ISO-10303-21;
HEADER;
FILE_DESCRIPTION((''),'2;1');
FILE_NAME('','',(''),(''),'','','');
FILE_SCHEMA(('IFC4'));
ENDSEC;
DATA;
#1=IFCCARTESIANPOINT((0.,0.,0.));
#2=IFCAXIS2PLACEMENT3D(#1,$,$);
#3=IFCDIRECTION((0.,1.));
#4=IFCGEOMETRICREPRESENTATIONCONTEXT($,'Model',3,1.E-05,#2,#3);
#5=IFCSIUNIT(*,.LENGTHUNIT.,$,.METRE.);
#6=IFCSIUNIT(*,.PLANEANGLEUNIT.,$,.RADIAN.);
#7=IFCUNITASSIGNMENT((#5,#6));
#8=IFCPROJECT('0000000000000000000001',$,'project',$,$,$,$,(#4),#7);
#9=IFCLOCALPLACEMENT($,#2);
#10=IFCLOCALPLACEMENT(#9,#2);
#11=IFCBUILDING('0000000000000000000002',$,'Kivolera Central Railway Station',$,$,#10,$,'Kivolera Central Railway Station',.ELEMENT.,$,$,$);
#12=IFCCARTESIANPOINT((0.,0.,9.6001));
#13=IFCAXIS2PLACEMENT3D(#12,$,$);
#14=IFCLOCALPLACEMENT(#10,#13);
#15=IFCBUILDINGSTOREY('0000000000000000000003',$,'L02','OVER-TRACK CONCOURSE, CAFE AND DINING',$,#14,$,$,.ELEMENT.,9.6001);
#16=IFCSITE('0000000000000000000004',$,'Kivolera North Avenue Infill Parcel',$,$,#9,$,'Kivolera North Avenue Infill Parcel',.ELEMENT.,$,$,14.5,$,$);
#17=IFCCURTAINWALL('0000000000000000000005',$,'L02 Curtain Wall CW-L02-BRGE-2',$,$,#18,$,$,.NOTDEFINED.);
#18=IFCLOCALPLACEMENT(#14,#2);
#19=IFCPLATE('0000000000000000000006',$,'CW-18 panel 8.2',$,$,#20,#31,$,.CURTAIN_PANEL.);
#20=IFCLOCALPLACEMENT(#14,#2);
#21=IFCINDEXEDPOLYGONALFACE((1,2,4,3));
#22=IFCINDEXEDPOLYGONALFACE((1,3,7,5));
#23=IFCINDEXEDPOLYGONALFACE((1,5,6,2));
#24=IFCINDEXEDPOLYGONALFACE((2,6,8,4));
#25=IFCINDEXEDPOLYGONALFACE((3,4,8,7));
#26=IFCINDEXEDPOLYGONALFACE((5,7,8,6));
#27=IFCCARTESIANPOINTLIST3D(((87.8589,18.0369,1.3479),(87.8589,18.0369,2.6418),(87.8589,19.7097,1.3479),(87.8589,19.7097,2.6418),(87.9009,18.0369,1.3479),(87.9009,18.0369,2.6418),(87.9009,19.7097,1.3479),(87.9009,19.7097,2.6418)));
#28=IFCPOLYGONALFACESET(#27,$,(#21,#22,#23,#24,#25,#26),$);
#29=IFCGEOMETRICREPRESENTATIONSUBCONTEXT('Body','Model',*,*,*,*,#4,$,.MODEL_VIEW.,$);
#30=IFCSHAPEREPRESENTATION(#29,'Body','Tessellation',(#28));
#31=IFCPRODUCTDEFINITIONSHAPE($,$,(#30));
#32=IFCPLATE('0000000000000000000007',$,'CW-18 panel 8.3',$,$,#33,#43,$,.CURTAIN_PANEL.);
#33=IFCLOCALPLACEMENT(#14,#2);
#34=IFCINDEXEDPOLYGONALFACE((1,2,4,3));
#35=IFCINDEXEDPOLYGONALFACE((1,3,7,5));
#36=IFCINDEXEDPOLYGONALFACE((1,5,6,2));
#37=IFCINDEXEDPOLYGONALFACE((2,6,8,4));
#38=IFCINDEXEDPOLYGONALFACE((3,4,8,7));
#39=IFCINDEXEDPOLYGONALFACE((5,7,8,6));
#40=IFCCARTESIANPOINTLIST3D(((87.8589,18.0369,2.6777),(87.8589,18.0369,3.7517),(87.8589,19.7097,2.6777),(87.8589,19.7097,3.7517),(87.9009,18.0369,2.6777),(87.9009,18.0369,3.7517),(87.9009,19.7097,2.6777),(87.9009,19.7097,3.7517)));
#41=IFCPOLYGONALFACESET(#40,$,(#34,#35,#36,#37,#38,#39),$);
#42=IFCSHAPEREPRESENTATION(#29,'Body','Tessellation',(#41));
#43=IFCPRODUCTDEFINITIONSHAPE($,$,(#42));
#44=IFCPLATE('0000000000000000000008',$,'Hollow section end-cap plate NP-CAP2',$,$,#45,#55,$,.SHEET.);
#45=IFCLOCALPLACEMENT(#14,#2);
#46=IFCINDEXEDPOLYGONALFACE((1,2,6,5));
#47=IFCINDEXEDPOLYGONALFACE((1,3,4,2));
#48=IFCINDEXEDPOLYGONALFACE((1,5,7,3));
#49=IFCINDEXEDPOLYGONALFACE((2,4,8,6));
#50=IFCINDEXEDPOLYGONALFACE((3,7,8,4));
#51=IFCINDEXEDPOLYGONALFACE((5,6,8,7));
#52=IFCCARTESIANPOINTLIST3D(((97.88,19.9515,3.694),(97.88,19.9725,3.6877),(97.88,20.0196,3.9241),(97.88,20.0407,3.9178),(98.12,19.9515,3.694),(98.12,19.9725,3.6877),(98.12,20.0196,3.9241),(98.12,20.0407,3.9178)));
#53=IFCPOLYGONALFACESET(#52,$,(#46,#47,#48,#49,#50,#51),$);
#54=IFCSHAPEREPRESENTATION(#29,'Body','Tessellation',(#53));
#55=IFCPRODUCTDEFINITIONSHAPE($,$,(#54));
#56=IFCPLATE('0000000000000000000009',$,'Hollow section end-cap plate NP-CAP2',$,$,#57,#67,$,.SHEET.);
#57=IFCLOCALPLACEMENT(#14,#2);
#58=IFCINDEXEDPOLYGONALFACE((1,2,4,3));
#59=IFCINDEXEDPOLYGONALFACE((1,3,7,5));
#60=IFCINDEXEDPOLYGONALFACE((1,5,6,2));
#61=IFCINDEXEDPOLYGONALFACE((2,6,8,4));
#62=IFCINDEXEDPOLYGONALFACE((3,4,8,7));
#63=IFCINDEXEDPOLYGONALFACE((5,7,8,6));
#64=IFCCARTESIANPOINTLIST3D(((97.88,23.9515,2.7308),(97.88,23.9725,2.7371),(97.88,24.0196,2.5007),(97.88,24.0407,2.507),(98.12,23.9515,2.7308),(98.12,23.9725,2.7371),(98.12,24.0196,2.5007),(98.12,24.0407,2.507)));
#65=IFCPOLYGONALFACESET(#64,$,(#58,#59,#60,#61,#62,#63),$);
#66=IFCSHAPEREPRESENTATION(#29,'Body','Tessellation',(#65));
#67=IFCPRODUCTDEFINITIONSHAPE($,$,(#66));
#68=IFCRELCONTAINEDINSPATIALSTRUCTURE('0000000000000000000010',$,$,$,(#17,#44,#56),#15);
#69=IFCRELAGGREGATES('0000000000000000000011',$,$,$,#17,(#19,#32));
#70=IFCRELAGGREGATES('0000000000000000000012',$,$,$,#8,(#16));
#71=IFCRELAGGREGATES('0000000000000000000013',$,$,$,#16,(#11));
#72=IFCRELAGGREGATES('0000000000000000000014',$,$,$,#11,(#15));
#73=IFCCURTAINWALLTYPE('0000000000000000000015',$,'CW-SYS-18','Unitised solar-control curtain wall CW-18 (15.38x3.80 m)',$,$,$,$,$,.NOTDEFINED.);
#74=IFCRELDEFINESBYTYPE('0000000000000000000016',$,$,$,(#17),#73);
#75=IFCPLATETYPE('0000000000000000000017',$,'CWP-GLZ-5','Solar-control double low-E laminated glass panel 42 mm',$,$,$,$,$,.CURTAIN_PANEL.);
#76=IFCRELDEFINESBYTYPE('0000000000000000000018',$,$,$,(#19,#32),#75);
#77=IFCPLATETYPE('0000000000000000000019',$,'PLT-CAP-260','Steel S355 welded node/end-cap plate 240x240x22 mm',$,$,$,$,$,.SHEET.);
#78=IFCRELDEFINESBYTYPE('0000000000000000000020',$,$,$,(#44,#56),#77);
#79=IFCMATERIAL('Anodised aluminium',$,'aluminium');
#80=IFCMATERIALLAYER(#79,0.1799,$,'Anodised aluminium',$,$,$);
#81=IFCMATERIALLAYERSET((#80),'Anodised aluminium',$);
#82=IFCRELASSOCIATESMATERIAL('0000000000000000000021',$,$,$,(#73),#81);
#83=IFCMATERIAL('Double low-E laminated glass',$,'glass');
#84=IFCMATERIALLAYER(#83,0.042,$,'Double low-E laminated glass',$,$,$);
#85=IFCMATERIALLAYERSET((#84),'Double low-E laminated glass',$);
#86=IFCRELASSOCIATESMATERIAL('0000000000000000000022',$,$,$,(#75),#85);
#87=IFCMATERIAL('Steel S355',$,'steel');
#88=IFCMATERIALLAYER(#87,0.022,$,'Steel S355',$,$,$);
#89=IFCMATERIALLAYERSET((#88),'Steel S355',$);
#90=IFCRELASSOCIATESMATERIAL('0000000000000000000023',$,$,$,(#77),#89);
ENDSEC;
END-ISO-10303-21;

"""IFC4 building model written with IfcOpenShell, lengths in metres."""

from ifc_helpers import new_model, si_unit, direction, frame, origin, origin_2d, place, context, subcontext, project, spatial, rectangle, extrude, material, layer, layer_set, type_object, element, aggregate, save


model = new_model("IFC4")

# Units and contexts
model_context = context("Model", 3, precision=1e-05, world=origin(), true_north=direction((0.0, 1.0)))
body_context = subcontext(model_context, "Body", "Model", "MODEL_VIEW")
ifc_project = project(units=[si_unit("LENGTHUNIT", "METRE"), si_unit("PLANEANGLEUNIT", "RADIAN")], contexts=[model_context])

# Site, building, storey
site_placement = place(None, origin())
site = spatial("IfcSite", under=ifc_project, at=site_placement, Name="Kivolera North Avenue Infill Parcel", LongName="Kivolera North Avenue Infill Parcel", CompositionType="ELEMENT", RefElevation=14.5)
building_placement = place(site_placement, origin())
building = spatial("IfcBuilding", under=site, at=building_placement, Name="Kivolera Central Railway Station", LongName="Kivolera Central Railway Station", CompositionType="ELEMENT")
storey_placement = place(building_placement, frame((0.0, 0.0, 9.6001)))
storey = spatial("IfcBuildingStorey", under=building, at=storey_placement, Name="L02", Description="OVER-TRACK CONCOURSE, CAFE AND DINING", CompositionType="ELEMENT", Elevation=9.6001)

# Curtain wall, plates
ifc_material_1 = material(Name="Anodised aluminium", Category="aluminium")
ifc_layer_1 = layer(ifc_material_1, 0.1799, Name="Anodised aluminium")
ifc_layer_set_1 = layer_set([ifc_layer_1], Name="Anodised aluminium")
curtain_wall_type = type_object("IfcCurtainWallType", Name="CW-SYS-18", Description="Unitised solar-control curtain wall CW-18 (15.38x3.80 m)", PredefinedType="NOTDEFINED", material=ifc_layer_set_1)
curtain_wall_placement = place(storey_placement, origin())
curtain_wall = element("IfcCurtainWall", 1, at=curtain_wall_placement, inside=storey, type_object=curtain_wall_type, Name="L02 Curtain Wall CW-L02-BRGE-2", PredefinedType="NOTDEFINED")
ifc_material_2 = material(Name="Double low-E laminated glass", Category="glass")
ifc_layer_2 = layer(ifc_material_2, 0.042, Name="Double low-E laminated glass")
ifc_layer_set_2 = layer_set([ifc_layer_2], Name="Double low-E laminated glass")
plate_type_1 = type_object("IfcPlateType", Name="CWP-GLZ-5", Description="Solar-control double low-E laminated glass panel 42 mm", PredefinedType="CURTAIN_PANEL", material=ifc_layer_set_2)
plate_1_placement = place(storey_placement, frame((87.8799, 18.8733, 1.3479), z_axis=(0.0, 0.0, 1.0), x_axis=(0.0, -1.0, 0.0)))
plate_1 = element("IfcPlate", 2, at=plate_1_placement, type_object=plate_type_1, Name="CW-18 panel 8.2", PredefinedType="CURTAIN_PANEL", context=body_context, shape_type="SweptSolid", body=[
    extrude(rectangle(XDim=1.6729, YDim=0.042, at=origin_2d()), origin(), (0.0, 0.0, 1.0), 1.2939),
])
plate_2_placement = place(storey_placement, frame((87.8799, 18.8733, 2.6777), z_axis=(0.0, 0.0, 1.0), x_axis=(0.0, -1.0, 0.0)))
plate_2 = element("IfcPlate", 3, at=plate_2_placement, type_object=plate_type_1, Name="CW-18 panel 8.3", PredefinedType="CURTAIN_PANEL", context=body_context, shape_type="SweptSolid", body=[
    extrude(rectangle(XDim=1.6729, YDim=0.042, at=origin_2d()), origin(), (0.0, 0.0, 1.0), 1.074),
])
aggregate(curtain_wall, [plate_1, plate_2])

# Plates
ifc_material_3 = material(Name="Steel S355", Category="steel")
ifc_layer_3 = layer(ifc_material_3, 0.022, Name="Steel S355")
ifc_layer_set_3 = layer_set([ifc_layer_3], Name="Steel S355")
plate_type_2 = type_object("IfcPlateType", Name="PLT-CAP-260", Description="Steel S355 welded node/end-cap plate 240x240x22 mm", PredefinedType="SHEET", material=ifc_layer_set_3)
for number, where, z_axis, x_axis, name in (
    (4, (98.0, 19.9961, 3.8059), (0.0, -0.95881, 0.284048), (1.0, 0.0, 0.0), "Hollow section end-cap plate NP-CAP2"),
    (5, (98.0, 23.9961, 2.6189), (0.0, 0.95881, 0.284048), (-1.0, 0.0, 0.0), "Hollow section end-cap plate NP-CAP2"),
):
    element("IfcPlate", number, at=place(storey_placement, frame(where, z_axis=z_axis, x_axis=x_axis)), inside=storey, type_object=plate_type_2, Name=name, PredefinedType="SHEET", context=body_context, shape_type="SweptSolid", body=[
        extrude(rectangle(XDim=0.24, YDim=0.24, at=origin_2d()), frame((0.0, 0.0, -0.011)), (0.0, 0.0, 1.0), 0.022),
    ])

save(model, "model.ifc")
